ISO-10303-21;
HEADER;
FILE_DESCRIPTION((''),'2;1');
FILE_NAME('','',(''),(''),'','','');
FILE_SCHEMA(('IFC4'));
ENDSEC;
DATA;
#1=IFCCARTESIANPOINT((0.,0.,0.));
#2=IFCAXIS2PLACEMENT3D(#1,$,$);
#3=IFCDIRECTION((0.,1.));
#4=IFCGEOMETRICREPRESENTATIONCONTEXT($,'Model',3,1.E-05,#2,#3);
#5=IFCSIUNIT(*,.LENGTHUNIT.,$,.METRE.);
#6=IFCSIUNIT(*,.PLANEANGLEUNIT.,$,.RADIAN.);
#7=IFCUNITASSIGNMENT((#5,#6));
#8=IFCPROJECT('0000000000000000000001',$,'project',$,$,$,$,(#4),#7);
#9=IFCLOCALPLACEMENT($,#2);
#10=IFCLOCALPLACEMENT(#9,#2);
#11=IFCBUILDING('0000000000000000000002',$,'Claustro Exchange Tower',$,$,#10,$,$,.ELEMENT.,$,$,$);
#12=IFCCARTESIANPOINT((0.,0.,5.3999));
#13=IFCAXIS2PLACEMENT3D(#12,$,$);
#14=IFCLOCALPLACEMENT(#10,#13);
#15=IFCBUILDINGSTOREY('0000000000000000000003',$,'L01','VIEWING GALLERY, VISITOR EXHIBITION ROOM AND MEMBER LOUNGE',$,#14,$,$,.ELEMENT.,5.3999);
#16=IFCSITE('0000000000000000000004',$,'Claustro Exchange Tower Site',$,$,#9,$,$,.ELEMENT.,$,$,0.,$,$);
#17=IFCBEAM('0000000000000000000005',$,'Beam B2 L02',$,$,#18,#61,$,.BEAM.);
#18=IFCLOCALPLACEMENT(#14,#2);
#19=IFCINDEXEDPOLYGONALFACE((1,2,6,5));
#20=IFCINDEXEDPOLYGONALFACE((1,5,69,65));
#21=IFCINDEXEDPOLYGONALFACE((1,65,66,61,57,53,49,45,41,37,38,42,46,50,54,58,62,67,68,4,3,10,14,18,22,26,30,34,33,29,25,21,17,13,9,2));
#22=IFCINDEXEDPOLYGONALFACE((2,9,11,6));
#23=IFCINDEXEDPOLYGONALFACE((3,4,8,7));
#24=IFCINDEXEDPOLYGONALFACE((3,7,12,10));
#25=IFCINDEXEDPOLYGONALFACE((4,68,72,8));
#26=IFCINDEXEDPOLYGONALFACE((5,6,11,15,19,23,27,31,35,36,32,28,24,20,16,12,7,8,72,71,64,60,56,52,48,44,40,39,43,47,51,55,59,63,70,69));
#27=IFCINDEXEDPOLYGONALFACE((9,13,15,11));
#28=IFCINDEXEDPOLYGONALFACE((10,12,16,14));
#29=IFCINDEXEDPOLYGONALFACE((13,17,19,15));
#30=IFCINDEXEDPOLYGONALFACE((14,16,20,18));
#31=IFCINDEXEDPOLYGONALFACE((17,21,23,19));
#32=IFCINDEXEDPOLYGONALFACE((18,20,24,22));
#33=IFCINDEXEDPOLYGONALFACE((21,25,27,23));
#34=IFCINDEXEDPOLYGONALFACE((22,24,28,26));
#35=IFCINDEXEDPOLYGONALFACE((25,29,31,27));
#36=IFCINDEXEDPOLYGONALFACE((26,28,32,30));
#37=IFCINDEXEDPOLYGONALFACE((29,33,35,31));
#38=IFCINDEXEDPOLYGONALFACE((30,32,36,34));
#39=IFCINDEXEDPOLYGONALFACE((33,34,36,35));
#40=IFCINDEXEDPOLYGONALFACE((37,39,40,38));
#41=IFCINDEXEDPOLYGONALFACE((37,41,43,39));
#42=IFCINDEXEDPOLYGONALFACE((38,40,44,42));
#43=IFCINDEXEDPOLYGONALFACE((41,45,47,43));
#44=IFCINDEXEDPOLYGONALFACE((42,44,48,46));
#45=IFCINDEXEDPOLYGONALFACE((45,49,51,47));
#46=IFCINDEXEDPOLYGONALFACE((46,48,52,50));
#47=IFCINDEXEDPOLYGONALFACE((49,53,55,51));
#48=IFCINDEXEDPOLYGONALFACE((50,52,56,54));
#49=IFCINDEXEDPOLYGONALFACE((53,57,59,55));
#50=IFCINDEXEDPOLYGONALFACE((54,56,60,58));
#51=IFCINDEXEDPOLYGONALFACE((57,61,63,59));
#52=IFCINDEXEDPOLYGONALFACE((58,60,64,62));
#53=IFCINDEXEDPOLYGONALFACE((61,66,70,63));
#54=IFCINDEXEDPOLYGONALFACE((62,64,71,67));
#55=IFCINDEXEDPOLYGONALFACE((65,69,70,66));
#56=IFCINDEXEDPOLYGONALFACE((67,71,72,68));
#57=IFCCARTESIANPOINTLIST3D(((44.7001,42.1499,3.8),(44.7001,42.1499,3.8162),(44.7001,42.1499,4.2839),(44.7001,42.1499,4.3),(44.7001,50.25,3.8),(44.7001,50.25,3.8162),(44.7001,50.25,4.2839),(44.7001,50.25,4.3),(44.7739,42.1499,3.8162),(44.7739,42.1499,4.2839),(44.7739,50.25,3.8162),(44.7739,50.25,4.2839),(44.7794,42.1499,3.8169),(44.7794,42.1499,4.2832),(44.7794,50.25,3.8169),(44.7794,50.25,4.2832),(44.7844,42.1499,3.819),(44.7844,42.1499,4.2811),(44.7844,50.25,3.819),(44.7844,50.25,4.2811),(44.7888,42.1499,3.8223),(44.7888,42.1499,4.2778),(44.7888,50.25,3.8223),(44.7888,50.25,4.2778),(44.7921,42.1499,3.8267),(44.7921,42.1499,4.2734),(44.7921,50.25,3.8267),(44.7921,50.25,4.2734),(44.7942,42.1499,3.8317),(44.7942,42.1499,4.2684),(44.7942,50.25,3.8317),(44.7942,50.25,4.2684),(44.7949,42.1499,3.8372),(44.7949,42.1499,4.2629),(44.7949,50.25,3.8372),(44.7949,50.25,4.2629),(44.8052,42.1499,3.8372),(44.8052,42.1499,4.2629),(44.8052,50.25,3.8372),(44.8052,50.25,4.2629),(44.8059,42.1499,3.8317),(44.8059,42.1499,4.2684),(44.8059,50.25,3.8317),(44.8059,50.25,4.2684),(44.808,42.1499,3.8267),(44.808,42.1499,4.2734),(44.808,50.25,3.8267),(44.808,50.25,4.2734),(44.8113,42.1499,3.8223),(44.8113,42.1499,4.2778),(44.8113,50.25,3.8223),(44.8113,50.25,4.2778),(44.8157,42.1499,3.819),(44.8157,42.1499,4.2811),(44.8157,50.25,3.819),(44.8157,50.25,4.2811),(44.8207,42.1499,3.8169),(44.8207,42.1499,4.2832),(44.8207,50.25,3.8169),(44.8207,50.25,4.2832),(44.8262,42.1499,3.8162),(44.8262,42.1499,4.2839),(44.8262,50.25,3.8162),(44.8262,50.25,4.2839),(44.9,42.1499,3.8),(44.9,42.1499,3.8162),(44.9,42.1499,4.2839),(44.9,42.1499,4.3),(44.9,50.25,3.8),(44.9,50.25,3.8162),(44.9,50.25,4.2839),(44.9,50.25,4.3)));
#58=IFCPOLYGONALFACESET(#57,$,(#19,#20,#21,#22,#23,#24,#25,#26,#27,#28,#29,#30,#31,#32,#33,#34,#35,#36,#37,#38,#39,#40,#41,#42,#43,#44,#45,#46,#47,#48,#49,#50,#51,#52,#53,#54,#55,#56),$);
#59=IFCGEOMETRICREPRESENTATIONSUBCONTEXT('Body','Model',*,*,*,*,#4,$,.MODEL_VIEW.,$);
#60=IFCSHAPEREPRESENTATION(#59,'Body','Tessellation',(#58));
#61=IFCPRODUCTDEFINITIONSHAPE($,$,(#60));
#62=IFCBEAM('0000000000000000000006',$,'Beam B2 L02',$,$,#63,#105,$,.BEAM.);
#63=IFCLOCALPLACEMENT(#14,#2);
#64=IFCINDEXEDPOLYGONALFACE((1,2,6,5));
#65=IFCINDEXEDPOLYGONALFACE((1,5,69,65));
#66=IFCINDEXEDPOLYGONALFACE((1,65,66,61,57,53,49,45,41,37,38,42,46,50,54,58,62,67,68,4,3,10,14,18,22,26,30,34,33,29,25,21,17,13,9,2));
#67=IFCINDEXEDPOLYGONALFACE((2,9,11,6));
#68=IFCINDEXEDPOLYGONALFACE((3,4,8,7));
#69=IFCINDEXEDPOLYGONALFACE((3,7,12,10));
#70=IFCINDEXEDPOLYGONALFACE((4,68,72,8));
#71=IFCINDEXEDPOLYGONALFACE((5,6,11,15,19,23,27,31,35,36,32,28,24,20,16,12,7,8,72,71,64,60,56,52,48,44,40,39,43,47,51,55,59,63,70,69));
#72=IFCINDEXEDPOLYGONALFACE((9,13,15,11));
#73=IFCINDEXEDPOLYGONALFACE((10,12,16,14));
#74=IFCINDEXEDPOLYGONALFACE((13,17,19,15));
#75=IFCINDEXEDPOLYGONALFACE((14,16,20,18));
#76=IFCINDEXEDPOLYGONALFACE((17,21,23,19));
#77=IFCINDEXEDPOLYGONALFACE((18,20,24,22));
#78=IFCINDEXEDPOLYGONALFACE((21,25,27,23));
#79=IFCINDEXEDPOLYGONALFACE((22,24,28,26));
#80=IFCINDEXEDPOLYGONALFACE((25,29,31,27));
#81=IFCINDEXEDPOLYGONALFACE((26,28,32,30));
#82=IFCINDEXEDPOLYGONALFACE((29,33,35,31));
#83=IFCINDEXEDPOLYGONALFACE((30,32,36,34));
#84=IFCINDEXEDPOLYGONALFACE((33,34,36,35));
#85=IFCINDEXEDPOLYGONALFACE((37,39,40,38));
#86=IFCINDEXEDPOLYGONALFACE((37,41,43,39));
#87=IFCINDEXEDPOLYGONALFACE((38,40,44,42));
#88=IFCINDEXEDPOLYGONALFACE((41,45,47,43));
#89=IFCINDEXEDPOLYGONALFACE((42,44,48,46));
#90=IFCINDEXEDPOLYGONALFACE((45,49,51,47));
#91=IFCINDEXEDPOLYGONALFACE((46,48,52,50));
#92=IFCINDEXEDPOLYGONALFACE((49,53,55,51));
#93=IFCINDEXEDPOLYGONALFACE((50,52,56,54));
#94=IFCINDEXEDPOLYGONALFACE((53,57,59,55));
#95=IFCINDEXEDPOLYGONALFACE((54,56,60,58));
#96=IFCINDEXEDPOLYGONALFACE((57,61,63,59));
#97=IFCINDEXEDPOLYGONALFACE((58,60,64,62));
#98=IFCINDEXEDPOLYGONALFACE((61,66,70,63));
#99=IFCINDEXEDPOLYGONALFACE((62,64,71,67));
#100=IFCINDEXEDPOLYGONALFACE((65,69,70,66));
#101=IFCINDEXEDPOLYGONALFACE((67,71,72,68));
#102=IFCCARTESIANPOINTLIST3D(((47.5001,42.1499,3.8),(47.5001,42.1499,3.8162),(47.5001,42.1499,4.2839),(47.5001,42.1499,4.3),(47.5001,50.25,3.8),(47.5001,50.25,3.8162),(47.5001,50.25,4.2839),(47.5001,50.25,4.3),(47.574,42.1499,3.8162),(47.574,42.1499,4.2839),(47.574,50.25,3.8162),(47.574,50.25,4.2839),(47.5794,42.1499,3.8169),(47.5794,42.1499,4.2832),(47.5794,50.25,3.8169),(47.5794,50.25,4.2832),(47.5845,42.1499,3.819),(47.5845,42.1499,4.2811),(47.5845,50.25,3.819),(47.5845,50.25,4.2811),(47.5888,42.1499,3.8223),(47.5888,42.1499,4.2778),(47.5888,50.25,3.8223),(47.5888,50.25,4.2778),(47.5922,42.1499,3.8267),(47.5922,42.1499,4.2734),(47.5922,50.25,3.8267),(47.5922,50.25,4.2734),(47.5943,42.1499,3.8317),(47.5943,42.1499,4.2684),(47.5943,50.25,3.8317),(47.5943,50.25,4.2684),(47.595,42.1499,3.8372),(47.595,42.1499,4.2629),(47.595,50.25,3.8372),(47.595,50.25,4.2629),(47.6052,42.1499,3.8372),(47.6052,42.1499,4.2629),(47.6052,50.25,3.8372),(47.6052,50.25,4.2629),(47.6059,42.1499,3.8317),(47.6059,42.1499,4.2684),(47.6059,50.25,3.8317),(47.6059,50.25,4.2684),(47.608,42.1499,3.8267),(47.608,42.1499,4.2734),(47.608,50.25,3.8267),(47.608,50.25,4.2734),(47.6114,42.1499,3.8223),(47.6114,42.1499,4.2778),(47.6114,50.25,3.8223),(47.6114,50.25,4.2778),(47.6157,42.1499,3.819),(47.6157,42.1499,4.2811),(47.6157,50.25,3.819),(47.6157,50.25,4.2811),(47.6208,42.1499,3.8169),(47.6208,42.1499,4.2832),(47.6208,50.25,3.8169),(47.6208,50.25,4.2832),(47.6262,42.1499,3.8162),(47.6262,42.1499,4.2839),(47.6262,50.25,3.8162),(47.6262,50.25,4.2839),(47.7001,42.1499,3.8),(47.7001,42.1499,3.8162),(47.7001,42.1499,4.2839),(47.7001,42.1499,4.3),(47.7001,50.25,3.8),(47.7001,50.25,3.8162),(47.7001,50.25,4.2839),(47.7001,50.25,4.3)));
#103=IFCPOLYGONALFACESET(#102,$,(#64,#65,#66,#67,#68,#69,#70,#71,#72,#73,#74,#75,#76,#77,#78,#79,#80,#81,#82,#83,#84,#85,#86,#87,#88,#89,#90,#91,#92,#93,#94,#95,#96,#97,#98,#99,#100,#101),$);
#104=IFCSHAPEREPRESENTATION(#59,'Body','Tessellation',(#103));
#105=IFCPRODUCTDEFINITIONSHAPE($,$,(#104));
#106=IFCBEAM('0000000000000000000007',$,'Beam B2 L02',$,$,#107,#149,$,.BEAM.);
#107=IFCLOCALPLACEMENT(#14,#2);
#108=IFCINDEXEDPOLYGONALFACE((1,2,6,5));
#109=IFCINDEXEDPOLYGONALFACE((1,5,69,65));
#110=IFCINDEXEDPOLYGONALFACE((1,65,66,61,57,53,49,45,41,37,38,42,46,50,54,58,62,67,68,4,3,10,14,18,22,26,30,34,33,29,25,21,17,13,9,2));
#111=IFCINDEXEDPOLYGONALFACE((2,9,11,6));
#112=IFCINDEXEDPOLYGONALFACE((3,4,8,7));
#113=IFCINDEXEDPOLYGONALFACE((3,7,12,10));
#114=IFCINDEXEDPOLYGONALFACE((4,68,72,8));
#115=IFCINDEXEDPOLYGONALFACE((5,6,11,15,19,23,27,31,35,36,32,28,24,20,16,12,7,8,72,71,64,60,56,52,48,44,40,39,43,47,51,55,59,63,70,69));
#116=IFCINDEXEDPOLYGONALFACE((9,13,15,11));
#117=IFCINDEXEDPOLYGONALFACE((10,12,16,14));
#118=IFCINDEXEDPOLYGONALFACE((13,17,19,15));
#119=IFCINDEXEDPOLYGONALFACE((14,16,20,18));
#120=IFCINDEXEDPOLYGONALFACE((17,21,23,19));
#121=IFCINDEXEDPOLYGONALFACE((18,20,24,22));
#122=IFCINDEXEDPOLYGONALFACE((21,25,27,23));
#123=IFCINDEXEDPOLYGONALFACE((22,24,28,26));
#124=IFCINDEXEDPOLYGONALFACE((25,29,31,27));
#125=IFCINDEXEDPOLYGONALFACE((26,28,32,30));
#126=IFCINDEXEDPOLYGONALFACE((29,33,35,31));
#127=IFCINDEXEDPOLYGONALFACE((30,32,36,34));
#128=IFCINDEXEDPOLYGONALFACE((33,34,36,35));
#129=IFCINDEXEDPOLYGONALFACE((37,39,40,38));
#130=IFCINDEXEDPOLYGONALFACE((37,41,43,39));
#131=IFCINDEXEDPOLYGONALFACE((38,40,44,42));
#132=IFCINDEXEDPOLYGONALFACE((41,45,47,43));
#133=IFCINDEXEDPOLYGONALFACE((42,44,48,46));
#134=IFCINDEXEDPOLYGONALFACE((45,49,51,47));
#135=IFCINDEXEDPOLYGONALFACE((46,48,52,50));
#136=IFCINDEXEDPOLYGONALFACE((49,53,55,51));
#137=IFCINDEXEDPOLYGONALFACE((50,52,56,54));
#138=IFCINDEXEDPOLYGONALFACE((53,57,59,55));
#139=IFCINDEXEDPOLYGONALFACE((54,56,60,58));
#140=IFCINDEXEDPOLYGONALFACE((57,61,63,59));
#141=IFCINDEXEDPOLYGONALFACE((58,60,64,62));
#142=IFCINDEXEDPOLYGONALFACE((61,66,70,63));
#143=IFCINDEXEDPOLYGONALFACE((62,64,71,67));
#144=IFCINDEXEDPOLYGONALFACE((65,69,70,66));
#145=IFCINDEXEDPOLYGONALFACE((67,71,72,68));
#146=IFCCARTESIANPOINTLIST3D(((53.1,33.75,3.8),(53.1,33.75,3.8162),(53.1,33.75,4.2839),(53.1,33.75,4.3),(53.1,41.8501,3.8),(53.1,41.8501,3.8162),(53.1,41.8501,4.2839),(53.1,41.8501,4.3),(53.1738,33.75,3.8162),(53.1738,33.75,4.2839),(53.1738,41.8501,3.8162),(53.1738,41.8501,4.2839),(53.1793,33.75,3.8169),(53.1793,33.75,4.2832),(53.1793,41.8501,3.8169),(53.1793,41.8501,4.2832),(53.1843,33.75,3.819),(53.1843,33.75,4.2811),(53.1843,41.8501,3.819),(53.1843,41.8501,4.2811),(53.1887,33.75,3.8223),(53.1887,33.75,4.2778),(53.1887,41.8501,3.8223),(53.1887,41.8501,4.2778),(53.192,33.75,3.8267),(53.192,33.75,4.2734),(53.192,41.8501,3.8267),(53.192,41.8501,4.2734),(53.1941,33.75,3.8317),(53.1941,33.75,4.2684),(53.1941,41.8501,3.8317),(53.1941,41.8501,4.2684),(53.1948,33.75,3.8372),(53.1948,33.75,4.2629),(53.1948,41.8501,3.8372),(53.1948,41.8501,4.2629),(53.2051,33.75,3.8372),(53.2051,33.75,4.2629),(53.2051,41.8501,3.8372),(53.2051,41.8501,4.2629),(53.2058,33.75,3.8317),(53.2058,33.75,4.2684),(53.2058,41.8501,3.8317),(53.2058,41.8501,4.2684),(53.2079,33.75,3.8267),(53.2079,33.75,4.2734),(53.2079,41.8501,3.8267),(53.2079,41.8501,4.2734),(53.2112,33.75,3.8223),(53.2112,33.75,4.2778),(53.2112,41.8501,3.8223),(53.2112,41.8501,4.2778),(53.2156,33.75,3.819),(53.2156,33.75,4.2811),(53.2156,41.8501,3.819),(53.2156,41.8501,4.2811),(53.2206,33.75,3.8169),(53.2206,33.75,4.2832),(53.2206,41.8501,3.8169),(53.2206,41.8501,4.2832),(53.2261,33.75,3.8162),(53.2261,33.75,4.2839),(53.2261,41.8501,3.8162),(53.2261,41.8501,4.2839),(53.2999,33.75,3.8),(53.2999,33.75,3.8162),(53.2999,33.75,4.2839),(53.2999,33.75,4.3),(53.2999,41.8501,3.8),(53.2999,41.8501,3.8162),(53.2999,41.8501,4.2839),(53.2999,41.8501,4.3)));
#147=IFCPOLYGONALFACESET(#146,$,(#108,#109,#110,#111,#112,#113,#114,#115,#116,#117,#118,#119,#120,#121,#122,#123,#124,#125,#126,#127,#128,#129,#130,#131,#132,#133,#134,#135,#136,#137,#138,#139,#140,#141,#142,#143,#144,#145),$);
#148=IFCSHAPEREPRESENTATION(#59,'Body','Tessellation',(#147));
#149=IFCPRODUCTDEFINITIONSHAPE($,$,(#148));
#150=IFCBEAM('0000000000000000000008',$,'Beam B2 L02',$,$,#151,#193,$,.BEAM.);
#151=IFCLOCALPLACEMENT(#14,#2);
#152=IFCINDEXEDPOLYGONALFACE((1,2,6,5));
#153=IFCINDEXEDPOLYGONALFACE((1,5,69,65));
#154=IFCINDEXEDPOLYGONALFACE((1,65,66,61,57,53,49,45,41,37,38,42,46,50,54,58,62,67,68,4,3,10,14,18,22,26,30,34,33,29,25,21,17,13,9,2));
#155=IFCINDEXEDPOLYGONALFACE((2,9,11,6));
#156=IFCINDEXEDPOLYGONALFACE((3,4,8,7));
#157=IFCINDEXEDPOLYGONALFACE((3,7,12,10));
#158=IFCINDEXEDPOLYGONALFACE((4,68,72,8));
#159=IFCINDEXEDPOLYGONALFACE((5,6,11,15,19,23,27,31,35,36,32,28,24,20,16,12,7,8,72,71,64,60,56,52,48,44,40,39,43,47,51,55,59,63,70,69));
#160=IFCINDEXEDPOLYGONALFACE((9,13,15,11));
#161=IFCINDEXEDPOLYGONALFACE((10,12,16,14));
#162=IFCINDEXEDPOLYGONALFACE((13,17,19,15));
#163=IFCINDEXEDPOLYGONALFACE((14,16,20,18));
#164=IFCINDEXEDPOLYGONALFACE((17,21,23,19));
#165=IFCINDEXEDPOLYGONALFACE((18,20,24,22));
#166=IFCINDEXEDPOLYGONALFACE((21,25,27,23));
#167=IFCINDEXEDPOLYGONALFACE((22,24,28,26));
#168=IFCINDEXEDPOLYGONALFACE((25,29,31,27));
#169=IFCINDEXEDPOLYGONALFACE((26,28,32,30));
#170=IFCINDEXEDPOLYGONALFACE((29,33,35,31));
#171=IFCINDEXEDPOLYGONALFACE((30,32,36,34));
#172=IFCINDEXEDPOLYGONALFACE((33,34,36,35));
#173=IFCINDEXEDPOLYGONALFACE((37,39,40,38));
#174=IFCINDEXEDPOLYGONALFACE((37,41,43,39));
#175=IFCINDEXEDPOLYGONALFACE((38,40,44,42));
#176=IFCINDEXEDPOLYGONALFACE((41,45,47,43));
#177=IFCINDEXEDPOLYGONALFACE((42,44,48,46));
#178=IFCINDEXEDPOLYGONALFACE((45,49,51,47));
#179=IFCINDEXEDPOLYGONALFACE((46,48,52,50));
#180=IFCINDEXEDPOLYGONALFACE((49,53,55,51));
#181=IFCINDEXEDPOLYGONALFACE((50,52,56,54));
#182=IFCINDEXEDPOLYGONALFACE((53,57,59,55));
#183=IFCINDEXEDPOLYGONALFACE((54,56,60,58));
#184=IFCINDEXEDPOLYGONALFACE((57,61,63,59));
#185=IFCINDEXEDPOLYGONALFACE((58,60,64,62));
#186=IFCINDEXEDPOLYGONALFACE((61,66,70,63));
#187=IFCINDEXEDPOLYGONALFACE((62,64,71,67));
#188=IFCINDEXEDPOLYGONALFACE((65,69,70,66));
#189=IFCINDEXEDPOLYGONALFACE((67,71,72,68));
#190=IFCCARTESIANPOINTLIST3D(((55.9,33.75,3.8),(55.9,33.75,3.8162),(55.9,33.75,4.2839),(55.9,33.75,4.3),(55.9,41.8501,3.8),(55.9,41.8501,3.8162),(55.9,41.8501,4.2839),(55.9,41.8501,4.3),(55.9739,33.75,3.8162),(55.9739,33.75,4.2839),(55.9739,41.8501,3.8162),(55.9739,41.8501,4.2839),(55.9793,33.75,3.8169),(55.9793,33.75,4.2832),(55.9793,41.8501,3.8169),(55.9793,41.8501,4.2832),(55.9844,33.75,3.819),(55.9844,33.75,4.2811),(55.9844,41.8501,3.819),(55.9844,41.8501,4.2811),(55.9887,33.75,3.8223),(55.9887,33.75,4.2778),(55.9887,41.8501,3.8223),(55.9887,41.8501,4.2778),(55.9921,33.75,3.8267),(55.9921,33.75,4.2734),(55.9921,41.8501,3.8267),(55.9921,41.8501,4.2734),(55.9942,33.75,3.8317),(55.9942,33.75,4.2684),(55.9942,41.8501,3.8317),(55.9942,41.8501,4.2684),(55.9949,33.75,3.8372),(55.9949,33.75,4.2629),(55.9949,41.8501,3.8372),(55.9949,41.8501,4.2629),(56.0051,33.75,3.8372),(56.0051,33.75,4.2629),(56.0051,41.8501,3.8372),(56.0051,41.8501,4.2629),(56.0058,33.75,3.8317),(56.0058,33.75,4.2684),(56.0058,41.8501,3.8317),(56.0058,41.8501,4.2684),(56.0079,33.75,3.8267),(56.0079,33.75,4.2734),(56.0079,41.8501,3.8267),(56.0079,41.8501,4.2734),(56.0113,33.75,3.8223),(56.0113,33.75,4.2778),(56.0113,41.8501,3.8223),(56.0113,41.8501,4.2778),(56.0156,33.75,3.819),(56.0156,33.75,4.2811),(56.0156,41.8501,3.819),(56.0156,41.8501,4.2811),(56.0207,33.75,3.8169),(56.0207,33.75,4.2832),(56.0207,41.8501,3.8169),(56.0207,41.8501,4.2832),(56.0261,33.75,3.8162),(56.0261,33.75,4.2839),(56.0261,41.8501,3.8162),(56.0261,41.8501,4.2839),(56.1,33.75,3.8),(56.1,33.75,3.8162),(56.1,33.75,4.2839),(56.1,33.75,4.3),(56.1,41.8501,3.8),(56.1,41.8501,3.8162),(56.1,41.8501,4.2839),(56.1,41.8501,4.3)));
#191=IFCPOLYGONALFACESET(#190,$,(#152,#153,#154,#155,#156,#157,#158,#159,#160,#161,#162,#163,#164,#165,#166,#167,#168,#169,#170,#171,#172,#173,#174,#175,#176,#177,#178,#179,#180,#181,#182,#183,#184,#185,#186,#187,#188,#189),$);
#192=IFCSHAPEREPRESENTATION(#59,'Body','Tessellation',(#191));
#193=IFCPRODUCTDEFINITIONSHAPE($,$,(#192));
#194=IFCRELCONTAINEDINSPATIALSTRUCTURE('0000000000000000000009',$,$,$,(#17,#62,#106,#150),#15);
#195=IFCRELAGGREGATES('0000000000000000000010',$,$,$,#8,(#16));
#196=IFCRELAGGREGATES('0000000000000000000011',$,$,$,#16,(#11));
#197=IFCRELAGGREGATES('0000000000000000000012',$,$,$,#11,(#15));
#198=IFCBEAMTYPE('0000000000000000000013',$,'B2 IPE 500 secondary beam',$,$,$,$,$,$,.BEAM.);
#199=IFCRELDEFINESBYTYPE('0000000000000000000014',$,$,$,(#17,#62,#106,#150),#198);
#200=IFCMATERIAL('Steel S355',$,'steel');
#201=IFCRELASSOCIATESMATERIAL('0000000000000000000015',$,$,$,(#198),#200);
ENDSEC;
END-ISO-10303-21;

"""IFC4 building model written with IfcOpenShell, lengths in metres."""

from ifc_helpers import new_model, si_unit, direction, frame, origin, origin_2d, place, context, subcontext, project, spatial, i_section, extrude, material, material_profile, profile_set, type_object, element, save


model = new_model("IFC4")

# Units and contexts
model_context = context("Model", 3, precision=1e-05, world=origin(), true_north=direction((0.0, 1.0)))
body_context = subcontext(model_context, "Body", "Model", "MODEL_VIEW")
ifc_project = project(units=[si_unit("LENGTHUNIT", "METRE"), si_unit("PLANEANGLEUNIT", "RADIAN")], contexts=[model_context])

# Site, building, storey
site_placement = place(None, origin())
site = spatial("IfcSite", under=ifc_project, at=site_placement, Name="Claustro Exchange Tower Site", CompositionType="ELEMENT", RefElevation=0.0)
building_placement = place(site_placement, origin())
building = spatial("IfcBuilding", under=site, at=building_placement, Name="Claustro Exchange Tower", CompositionType="ELEMENT")
storey_placement = place(building_placement, frame((0.0, 0.0, 5.3999)))
storey = spatial("IfcBuildingStorey", under=building, at=storey_placement, Name="L01", Description="VIEWING GALLERY, VISITOR EXHIBITION ROOM AND MEMBER LOUNGE", CompositionType="ELEMENT", Elevation=5.3999)

# Beams
ifc_material_1 = material(Name="Steel S355", Category="steel")
ifc_material_profile_1 = material_profile(ifc_material_1, i_section(OverallWidth=0.2, OverallDepth=0.5, WebThickness=0.0103, FlangeThickness=0.0161, FilletRadius=0.021, at=origin_2d()), Name="IPE 500")
ifc_profile_set_1 = profile_set([ifc_material_profile_1], Name="Steel S355")
beam_type_1 = type_object("IfcBeamType", Name="B2 IPE 500 secondary beam", PredefinedType="BEAM", material=ifc_profile_set_1)
for number, where, z_axis, x_axis, name in (
    (1, (44.8, 42.1499, 4.05), (0.0, 1.0, 0.0), (-1.0, 0.0, 0.0), "Beam B2 L02"),
    (2, (47.6001, 42.1499, 4.05), (0.0, 1.0, 0.0), (-1.0, 0.0, 0.0), "Beam B2 L02"),
    (3, (53.2, 33.75, 4.05), (0.0, 1.0, 0.0), (-1.0, 0.0, 0.0), "Beam B2 L02"),
    (4, (56.0, 33.75, 4.05), (0.0, 1.0, 0.0), (-1.0, 0.0, 0.0), "Beam B2 L02"),
):
    element("IfcBeam", number, at=place(storey_placement, frame(where, z_axis=z_axis, x_axis=x_axis)), inside=storey, type_object=beam_type_1, Name=name, PredefinedType="BEAM", context=body_context, shape_type="SweptSolid", body=[
        extrude(i_section(OverallWidth=0.2, OverallDepth=0.5, WebThickness=0.0103, FlangeThickness=0.0161, FilletRadius=0.021, at=origin_2d()), origin(), (0.0, 0.0, 1.0), 8.1001),
    ])

save(model, "model.ifc")
